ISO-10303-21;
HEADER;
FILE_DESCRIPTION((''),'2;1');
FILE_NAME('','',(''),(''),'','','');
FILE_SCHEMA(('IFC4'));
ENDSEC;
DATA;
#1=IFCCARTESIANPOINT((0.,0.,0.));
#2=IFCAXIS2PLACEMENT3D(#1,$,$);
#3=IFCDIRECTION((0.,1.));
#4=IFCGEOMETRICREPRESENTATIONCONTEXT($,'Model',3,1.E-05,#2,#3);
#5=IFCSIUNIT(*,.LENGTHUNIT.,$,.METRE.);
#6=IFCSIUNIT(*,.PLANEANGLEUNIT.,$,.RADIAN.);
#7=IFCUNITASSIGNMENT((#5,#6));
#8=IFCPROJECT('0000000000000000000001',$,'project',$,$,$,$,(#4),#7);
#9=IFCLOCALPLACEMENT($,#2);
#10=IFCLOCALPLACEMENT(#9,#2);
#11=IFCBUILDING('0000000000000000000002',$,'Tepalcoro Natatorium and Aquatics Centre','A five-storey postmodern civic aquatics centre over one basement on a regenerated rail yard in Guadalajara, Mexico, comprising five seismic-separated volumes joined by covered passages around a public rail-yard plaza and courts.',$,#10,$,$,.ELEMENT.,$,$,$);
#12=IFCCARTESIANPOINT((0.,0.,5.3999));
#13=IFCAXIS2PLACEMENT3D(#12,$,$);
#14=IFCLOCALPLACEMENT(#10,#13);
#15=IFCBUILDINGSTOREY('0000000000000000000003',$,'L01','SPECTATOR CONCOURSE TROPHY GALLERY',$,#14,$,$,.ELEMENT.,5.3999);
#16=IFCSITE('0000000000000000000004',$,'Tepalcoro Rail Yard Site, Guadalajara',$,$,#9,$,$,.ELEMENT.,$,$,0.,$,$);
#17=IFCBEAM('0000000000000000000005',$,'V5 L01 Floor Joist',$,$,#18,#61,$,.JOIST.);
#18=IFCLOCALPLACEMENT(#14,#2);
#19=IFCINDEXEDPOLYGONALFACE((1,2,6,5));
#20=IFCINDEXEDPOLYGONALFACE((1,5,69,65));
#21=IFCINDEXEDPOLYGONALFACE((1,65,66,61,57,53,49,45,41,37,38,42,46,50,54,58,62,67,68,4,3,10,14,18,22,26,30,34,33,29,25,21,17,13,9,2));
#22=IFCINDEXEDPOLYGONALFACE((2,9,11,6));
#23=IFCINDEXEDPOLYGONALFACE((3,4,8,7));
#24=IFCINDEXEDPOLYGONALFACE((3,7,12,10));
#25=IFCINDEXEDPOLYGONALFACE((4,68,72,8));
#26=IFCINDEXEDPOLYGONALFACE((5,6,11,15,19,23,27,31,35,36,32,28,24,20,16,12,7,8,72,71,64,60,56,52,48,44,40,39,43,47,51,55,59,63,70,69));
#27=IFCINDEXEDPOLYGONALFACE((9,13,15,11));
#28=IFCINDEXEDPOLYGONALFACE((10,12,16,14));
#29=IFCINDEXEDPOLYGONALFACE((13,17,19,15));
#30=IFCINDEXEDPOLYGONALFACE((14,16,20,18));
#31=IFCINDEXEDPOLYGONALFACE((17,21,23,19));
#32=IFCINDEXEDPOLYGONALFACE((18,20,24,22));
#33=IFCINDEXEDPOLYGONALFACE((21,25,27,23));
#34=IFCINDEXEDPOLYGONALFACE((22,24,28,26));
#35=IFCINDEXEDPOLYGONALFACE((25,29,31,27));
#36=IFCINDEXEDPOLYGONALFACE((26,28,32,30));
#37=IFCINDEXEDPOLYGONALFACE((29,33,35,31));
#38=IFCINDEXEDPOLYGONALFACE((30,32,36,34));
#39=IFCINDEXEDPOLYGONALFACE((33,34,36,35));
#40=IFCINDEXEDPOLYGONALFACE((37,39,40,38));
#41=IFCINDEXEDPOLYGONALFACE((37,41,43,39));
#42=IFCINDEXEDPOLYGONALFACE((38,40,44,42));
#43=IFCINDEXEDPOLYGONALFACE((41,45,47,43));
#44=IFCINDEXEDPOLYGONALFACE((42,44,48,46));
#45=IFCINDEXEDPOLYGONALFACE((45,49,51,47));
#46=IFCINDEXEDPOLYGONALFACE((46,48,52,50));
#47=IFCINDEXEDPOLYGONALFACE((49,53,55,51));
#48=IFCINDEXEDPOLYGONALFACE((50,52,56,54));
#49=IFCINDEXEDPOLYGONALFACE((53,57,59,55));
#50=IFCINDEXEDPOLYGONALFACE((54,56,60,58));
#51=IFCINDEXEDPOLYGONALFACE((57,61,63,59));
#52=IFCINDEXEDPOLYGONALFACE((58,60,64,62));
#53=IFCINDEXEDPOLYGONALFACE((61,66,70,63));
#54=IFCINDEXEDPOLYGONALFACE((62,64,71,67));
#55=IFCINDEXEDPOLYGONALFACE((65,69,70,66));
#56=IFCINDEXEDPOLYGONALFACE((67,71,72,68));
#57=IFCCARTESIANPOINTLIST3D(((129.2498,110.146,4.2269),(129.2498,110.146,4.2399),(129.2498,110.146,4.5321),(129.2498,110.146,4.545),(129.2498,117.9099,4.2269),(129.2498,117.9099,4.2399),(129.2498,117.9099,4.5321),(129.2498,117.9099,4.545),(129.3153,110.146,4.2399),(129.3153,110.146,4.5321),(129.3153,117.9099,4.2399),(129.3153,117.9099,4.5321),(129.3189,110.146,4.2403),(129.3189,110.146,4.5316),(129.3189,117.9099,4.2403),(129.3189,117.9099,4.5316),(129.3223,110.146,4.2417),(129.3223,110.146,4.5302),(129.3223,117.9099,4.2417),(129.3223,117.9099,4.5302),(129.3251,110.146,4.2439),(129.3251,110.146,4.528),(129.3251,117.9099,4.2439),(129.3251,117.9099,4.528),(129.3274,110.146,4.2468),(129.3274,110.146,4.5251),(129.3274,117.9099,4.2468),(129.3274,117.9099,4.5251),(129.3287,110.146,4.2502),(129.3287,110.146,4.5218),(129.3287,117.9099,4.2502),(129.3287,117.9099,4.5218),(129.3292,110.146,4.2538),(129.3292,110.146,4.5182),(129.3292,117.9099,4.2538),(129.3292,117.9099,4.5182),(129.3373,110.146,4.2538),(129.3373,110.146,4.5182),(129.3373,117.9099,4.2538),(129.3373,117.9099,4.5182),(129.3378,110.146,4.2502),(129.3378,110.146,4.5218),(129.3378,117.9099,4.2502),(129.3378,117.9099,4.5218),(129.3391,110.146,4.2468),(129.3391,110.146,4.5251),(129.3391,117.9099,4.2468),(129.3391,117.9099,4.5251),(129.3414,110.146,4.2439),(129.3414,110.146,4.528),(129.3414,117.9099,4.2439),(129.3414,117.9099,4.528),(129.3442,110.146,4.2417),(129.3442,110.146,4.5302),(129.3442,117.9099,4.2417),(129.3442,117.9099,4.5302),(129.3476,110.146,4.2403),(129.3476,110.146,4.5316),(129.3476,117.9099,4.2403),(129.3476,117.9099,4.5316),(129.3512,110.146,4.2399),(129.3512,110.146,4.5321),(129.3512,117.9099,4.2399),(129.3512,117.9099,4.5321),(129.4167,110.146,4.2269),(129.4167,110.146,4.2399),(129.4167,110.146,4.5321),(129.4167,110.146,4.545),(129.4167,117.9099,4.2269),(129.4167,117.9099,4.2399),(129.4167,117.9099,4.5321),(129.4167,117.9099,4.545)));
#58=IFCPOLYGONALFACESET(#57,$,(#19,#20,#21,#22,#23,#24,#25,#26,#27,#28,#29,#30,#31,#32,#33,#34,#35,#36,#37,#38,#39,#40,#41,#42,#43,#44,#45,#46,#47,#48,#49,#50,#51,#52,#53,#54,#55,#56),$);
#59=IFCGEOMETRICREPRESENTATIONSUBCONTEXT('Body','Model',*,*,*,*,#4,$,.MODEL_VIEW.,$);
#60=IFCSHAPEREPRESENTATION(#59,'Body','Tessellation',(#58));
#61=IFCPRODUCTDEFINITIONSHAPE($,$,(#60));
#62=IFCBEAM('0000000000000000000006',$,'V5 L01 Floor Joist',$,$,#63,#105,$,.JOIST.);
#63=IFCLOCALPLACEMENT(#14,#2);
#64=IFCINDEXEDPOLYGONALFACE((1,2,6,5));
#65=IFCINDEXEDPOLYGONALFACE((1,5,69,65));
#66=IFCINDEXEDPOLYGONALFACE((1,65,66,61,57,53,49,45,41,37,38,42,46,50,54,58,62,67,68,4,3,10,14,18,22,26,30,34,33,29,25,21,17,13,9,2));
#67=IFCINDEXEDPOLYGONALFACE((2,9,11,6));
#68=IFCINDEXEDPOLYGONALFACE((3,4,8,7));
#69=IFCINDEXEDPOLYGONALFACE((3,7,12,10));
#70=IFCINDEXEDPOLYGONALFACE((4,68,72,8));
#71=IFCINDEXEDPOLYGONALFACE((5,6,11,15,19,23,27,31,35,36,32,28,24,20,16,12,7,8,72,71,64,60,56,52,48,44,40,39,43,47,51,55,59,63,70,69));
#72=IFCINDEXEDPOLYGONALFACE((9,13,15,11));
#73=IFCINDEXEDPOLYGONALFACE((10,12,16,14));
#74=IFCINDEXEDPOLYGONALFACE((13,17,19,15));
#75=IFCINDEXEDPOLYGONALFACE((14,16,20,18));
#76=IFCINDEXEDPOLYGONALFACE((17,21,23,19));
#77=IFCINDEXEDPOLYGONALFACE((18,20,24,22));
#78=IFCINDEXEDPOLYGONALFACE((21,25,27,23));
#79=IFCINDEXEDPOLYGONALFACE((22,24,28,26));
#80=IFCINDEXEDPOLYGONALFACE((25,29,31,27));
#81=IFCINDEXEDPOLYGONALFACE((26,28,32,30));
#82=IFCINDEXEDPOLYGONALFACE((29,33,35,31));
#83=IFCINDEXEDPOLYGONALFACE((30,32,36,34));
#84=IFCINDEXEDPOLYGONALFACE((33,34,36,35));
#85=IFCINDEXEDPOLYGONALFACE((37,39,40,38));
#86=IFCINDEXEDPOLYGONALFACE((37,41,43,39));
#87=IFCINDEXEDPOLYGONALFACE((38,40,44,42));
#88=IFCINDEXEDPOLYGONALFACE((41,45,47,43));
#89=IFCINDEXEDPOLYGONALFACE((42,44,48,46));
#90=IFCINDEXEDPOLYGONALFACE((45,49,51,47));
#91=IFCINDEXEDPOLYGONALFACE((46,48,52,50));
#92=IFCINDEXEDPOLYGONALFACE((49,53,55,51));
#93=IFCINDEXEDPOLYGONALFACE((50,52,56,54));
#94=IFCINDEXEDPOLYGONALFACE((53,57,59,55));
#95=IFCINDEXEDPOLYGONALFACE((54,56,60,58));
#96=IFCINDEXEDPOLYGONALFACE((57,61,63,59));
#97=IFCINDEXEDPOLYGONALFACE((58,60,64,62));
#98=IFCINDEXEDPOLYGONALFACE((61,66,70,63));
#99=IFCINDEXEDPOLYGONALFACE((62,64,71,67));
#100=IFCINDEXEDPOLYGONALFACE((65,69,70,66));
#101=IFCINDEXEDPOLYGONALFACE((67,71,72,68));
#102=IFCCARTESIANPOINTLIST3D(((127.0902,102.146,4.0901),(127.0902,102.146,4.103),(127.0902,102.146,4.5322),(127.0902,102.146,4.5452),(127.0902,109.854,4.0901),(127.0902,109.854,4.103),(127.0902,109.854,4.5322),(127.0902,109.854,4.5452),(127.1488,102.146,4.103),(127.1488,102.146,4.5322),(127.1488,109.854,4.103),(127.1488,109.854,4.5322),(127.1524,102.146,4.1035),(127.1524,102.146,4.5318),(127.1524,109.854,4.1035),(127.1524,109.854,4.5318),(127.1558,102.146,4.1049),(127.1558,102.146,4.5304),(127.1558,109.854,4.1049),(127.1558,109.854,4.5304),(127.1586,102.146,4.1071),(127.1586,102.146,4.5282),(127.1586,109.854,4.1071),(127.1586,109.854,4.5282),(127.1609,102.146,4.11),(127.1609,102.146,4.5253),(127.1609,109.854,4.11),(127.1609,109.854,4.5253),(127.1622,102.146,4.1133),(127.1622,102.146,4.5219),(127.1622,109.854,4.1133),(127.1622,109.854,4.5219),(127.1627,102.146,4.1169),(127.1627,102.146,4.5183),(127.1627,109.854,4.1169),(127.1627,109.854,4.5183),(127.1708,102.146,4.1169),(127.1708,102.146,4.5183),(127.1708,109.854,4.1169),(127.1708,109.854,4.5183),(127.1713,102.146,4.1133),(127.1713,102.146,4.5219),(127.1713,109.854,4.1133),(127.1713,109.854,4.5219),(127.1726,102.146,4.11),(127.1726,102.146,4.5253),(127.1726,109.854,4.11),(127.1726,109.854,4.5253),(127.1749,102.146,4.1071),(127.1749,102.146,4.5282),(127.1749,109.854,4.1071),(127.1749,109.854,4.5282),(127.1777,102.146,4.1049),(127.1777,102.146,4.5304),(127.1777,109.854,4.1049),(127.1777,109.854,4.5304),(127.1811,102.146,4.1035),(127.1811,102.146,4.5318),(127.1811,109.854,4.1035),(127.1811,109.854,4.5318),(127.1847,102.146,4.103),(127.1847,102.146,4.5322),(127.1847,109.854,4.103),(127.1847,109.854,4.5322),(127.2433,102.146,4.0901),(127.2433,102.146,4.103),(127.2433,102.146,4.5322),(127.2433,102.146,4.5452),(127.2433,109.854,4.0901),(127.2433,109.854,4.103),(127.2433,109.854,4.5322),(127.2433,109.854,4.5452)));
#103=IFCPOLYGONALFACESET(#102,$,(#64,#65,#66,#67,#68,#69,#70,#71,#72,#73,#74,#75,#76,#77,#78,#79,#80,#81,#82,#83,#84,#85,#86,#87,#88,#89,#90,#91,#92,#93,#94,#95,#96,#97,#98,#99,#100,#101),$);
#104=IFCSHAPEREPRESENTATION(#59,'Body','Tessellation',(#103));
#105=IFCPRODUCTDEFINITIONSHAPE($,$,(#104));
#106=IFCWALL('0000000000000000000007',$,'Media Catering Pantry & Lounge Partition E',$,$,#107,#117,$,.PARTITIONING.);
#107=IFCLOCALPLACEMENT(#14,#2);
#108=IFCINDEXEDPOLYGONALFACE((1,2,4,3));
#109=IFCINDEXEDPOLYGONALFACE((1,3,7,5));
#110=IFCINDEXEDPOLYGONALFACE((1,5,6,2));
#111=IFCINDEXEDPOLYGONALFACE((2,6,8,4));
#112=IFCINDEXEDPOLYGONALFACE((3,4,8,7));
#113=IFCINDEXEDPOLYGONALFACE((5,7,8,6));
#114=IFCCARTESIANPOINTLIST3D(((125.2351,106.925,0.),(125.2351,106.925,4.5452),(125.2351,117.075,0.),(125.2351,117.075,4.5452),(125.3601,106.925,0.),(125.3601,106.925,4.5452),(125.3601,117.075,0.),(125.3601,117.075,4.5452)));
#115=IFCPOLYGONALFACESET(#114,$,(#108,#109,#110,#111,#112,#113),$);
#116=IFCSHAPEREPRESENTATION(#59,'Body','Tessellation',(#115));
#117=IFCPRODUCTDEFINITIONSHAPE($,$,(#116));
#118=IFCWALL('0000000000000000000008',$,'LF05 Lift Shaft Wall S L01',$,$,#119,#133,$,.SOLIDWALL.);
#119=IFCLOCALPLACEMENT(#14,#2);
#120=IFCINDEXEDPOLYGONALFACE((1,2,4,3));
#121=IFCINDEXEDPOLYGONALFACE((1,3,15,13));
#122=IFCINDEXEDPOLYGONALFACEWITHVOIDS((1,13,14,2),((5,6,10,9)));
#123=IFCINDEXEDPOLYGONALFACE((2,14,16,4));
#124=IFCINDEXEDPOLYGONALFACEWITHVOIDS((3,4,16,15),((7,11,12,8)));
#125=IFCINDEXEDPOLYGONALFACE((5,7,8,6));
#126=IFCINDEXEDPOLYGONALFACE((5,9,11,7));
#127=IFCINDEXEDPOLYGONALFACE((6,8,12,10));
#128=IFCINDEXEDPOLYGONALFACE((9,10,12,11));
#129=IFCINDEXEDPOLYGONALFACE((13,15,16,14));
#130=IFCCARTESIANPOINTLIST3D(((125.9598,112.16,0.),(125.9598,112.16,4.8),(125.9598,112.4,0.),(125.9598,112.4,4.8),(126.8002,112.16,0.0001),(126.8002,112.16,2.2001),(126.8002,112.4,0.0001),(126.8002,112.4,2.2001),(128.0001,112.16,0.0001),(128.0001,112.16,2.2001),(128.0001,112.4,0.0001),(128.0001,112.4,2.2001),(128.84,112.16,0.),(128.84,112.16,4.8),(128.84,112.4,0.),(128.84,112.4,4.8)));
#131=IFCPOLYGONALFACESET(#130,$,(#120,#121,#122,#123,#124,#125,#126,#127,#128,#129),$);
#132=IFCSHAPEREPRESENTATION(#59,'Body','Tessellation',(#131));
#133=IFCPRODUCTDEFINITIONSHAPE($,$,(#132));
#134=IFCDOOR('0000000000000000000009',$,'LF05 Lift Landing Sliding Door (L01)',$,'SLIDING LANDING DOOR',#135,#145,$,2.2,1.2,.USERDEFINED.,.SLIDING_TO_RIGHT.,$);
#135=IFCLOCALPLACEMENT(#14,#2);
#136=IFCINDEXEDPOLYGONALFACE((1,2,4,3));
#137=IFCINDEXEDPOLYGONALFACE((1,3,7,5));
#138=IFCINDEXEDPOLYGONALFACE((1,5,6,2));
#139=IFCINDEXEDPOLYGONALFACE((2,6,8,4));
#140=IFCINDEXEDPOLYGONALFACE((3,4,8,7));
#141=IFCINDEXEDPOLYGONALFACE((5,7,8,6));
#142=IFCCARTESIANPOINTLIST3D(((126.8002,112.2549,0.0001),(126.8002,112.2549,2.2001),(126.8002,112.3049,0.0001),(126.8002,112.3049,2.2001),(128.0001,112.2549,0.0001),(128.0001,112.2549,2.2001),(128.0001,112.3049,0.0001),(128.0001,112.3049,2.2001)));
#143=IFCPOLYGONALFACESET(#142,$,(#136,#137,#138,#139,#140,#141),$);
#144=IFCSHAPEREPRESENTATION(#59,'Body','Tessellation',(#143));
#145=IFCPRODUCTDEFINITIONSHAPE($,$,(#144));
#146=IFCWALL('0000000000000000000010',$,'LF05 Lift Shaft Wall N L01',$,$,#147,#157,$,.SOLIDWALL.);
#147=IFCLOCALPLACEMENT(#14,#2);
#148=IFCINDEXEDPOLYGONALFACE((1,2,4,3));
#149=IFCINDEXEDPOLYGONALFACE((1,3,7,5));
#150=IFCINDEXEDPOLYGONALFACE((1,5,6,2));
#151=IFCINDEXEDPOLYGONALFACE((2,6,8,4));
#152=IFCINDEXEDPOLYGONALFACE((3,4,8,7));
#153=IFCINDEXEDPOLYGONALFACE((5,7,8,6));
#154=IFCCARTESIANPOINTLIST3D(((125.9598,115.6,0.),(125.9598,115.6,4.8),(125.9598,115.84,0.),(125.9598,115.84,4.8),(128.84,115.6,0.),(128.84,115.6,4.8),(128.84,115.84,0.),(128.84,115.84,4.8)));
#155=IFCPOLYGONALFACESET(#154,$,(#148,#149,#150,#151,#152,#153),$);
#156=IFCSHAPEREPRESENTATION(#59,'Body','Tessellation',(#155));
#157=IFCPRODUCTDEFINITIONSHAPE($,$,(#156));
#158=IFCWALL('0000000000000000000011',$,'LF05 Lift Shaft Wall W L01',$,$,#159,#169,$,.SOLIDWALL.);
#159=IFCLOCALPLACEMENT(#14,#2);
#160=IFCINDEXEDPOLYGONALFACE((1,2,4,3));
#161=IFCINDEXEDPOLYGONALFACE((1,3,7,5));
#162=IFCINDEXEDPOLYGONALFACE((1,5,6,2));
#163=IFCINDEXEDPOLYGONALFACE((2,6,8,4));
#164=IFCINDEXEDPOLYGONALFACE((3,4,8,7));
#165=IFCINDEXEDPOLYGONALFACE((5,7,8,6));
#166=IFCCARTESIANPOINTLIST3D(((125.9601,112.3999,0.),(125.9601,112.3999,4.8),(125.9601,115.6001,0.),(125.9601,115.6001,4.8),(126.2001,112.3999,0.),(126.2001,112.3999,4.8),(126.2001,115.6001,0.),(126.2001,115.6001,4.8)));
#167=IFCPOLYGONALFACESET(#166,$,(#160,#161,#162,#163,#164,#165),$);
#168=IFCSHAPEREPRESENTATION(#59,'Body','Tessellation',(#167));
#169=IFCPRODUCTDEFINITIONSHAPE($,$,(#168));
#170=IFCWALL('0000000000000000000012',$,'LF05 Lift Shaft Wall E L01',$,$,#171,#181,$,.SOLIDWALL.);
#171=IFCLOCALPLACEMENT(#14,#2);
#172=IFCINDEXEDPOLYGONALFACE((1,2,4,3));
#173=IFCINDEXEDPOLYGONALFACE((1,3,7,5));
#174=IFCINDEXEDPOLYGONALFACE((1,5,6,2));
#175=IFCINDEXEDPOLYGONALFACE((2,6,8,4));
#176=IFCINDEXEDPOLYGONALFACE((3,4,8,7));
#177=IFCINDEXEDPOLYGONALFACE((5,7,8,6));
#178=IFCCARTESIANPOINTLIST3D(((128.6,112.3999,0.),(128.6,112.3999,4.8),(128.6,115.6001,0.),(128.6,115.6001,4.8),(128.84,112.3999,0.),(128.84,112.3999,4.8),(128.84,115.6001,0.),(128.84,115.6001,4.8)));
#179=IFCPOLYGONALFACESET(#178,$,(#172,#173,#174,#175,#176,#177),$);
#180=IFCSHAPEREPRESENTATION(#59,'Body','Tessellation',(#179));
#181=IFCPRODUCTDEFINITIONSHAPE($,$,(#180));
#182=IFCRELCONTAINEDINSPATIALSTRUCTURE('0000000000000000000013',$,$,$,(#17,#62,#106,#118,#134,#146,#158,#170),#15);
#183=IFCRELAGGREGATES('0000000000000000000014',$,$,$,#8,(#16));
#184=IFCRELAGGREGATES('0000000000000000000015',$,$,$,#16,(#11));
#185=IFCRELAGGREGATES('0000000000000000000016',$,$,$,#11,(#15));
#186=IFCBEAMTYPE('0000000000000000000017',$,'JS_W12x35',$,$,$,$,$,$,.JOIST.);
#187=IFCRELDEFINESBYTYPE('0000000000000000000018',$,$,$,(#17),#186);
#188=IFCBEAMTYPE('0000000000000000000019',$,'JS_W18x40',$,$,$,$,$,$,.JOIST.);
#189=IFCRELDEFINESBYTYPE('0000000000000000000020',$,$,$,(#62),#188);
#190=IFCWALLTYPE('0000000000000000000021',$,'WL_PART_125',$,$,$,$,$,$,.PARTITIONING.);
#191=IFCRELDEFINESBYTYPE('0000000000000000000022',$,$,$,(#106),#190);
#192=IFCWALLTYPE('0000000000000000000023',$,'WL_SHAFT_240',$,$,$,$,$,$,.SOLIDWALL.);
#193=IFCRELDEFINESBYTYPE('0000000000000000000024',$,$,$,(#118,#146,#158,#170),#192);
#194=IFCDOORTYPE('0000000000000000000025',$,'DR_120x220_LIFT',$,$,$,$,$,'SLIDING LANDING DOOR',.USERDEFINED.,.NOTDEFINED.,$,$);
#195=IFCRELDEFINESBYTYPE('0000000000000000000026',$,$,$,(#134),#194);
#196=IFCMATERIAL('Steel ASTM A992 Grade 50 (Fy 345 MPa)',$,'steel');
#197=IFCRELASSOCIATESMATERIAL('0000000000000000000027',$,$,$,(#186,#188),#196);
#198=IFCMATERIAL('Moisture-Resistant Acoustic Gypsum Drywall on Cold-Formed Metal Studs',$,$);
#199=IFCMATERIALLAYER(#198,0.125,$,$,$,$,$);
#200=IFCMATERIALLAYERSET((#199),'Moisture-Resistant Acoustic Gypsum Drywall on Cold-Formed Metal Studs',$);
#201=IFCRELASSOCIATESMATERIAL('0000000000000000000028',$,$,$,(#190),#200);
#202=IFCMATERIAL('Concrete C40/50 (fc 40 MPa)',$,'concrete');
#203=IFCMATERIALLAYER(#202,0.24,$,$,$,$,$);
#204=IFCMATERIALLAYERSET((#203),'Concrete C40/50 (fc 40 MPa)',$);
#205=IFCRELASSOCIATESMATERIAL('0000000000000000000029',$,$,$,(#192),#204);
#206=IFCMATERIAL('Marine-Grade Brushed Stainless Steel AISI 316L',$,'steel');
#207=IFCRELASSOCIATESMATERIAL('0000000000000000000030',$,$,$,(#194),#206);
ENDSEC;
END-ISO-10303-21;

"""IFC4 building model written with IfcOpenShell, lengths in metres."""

from ifc_helpers import new_model, si_unit, direction, frame, frame_2d, origin, origin_2d, place, context, subcontext, project, spatial, rectangle, i_section, extrude, material, layer, layer_set, material_profile, profile_set, type_object, element, fill, save


model = new_model("IFC4")

# Units and contexts
model_context = context("Model", 3, precision=1e-05, world=origin(), true_north=direction((0.0, 1.0)))
body_context = subcontext(model_context, "Body", "Model", "MODEL_VIEW")
ifc_project = project(units=[si_unit("LENGTHUNIT", "METRE"), si_unit("PLANEANGLEUNIT", "RADIAN")], contexts=[model_context])

# Site, building, storey
site_placement = place(None, origin())
site = spatial("IfcSite", under=ifc_project, at=site_placement, Name="Tepalcoro Rail Yard Site, Guadalajara", CompositionType="ELEMENT", RefElevation=0.0)
building_placement = place(site_placement, origin())
building = spatial("IfcBuilding", under=site, at=building_placement, Name="Tepalcoro Natatorium and Aquatics Centre", Description="A five-storey postmodern civic aquatics centre over one basement on a regenerated rail yard in Guadalajara, Mexico, comprising five seismic-separated volumes joined by covered passages around a public rail-yard plaza and courts.", CompositionType="ELEMENT")
storey_placement = place(building_placement, frame((0.0, 0.0, 5.3999)))
storey = spatial("IfcBuildingStorey", under=building, at=storey_placement, Name="L01", Description="SPECTATOR CONCOURSE TROPHY GALLERY", CompositionType="ELEMENT", Elevation=5.3999)

# Shared definitions
ifc_material_1 = material(Name="Concrete C40/50 (fc 40 MPa)", Category="concrete")

# Shared definitions
ifc_material_2 = material(Name="Steel ASTM A992 Grade 50 (Fy 345 MPa)", Category="steel")

# Beams
ifc_material_profile_1 = material_profile(ifc_material_2, i_section(OverallWidth=0.167, OverallDepth=0.3181, WebThickness=0.0081, FlangeThickness=0.0129, FilletRadius=0.0139, at=origin_2d()), Name="W12X35")
ifc_profile_set_1 = profile_set([ifc_material_profile_1], Name="Steel ASTM A992 Grade 50 (Fy 345 MPa)")
beam_type_1 = type_object("IfcBeamType", Name="JS_W12x35", PredefinedType="JOIST", material=ifc_profile_set_1)
beam_1_placement = place(storey_placement, frame((129.3333, 110.146, 4.386), z_axis=(0.0, 1.0, 0.0), x_axis=(-1.0, 0.0, 0.0)))
element("IfcBeam", 1, at=beam_1_placement, inside=storey, type_object=beam_type_1, Name="V5 L01 Floor Joist", PredefinedType="JOIST", context=body_context, shape_type="SweptSolid", body=[
    extrude(i_section(OverallWidth=0.167, OverallDepth=0.3181, WebThickness=0.0081, FlangeThickness=0.0129, FilletRadius=0.0139, at=origin_2d()), origin(), (0.0, 0.0, 1.0), 7.7639),
])
ifc_material_profile_2 = material_profile(ifc_material_2, i_section(OverallWidth=0.1531, OverallDepth=0.4551, WebThickness=0.0081, FlangeThickness=0.0129, FilletRadius=0.0139, at=origin_2d()), Name="W18X40")
ifc_profile_set_2 = profile_set([ifc_material_profile_2], Name="Steel ASTM A992 Grade 50 (Fy 345 MPa)")
beam_type_2 = type_object("IfcBeamType", Name="JS_W18x40", PredefinedType="JOIST", material=ifc_profile_set_2)
beam_2_placement = place(storey_placement, frame((127.1667, 102.146, 4.3176), z_axis=(0.0, 1.0, 0.0), x_axis=(-1.0, 0.0, 0.0)))
element("IfcBeam", 2, at=beam_2_placement, inside=storey, type_object=beam_type_2, Name="V5 L01 Floor Joist", PredefinedType="JOIST", context=body_context, shape_type="SweptSolid", body=[
    extrude(i_section(OverallWidth=0.1531, OverallDepth=0.4551, WebThickness=0.0081, FlangeThickness=0.0129, FilletRadius=0.0139, at=origin_2d()), origin(), (0.0, 0.0, 1.0), 7.708),
])

# Wall
ifc_material_3 = material(Name="Moisture-Resistant Acoustic Gypsum Drywall on Cold-Formed Metal Studs")
ifc_layer_1 = layer(ifc_material_3, 0.125)
ifc_layer_set_1 = layer_set([ifc_layer_1], Name="Moisture-Resistant Acoustic Gypsum Drywall on Cold-Formed Metal Studs")
wall_type_1 = type_object("IfcWallType", Name="WL_PART_125", PredefinedType="PARTITIONING", material=ifc_layer_set_1)
wall_1_placement = place(storey_placement, frame((125.2976, 106.925, 0.0), z_axis=(0.0, 0.0, 1.0), x_axis=(0.0, 1.0, 0.0)))
element("IfcWall", 3, at=wall_1_placement, inside=storey, type_object=wall_type_1, Name="Media Catering Pantry & Lounge Partition E", PredefinedType="PARTITIONING", context=body_context, shape_type="SweptSolid", body=[
    extrude(rectangle(XDim=10.1499, YDim=0.125, at=frame_2d((5.075, 0.0))), origin(), (0.0, 0.0, 1.0), 4.5452),
])

# Wall, opening, door
ifc_layer_2 = layer(ifc_material_1, 0.24)
ifc_layer_set_2 = layer_set([ifc_layer_2], Name="Concrete C40/50 (fc 40 MPa)")
wall_type_2 = type_object("IfcWallType", Name="WL_SHAFT_240", PredefinedType="SOLIDWALL", material=ifc_layer_set_2)
wall_2_placement = place(storey_placement, frame((125.96, 112.28, 0.0), z_axis=(0.0, 0.0, 1.0), x_axis=(1.0, 0.0, 0.0)))
wall_2 = element("IfcWall", 4, at=wall_2_placement, inside=storey, type_object=wall_type_2, Name="LF05 Lift Shaft Wall S L01", PredefinedType="SOLIDWALL", context=body_context, shape_type="SweptSolid", body=[
    extrude(rectangle(XDim=2.8801, YDim=0.24, at=frame_2d((1.4399, 0.0))), origin(), (0.0, 0.0, 1.0), 4.8),
])
opening_1_placement = place(wall_2_placement, frame((0.8401, 0.0, 0.0)))
opening_1 = element("IfcOpeningElement", 5, at=opening_1_placement, cuts=wall_2, PredefinedType="OPENING", context=body_context, shape_type="SweptSolid", body=[
    extrude(rectangle(XDim=1.2, YDim=2.2, at=frame_2d((0.6001, 1.1001))), frame((0.0, 0.1318, 0.0), z_axis=(0.0, -1.0, 0.0), x_axis=(1.0, 0.0, 0.0)), (0.0, 0.0, 1.0), 0.2639),
])
ifc_material_4 = material(Name="Marine-Grade Brushed Stainless Steel AISI 316L", Category="steel")
door_type_1 = type_object("IfcDoorType", Name="DR_120x220_LIFT", ElementType="SLIDING LANDING DOOR", OperationType="NOTDEFINED", PredefinedType="USERDEFINED", material=ifc_material_4)
door_1_placement = place(opening_1_placement, origin())
door_1 = element("IfcDoor", 6, at=door_1_placement, inside=storey, type_object=door_type_1, Name="LF05 Lift Landing Sliding Door (L01)", ObjectType="SLIDING LANDING DOOR", OperationType="SLIDING_TO_RIGHT", OverallHeight=2.2, OverallWidth=1.2, PredefinedType="USERDEFINED", context=body_context, shape_type="SweptSolid", body=[
    extrude(rectangle(XDim=1.2, YDim=2.2, at=frame_2d((0.6001, 1.1001))), frame((0.0, 0.0249, 0.0), z_axis=(0.0, -1.0, 0.0), x_axis=(1.0, 0.0, 0.0)), (0.0, 0.0, 1.0), 0.05),
])
fill(opening_1, door_1)

# Walls
wall_3_placement = place(storey_placement, frame((125.96, 115.72, 0.0), z_axis=(0.0, 0.0, 1.0), x_axis=(1.0, 0.0, 0.0)))
element("IfcWall", 7, at=wall_3_placement, inside=storey, type_object=wall_type_2, Name="LF05 Lift Shaft Wall N L01", PredefinedType="SOLIDWALL", context=body_context, shape_type="SweptSolid", body=[
    extrude(rectangle(XDim=2.8801, YDim=0.24, at=frame_2d((1.4399, 0.0))), origin(), (0.0, 0.0, 1.0), 4.8),
])
for number, where, z_axis, x_axis, name in (
    (8, (126.0801, 112.3999, 0.0), (0.0, 0.0, 1.0), (0.0, 1.0, 0.0), "LF05 Lift Shaft Wall W L01"),
    (9, (128.72, 112.3999, 0.0), (0.0, 0.0, 1.0), (0.0, 1.0, 0.0), "LF05 Lift Shaft Wall E L01"),
):
    element("IfcWall", number, at=place(storey_placement, frame(where, z_axis=z_axis, x_axis=x_axis)), inside=storey, type_object=wall_type_2, Name=name, PredefinedType="SOLIDWALL", context=body_context, shape_type="SweptSolid", body=[
        extrude(rectangle(XDim=3.2002, YDim=0.24, at=frame_2d((1.6001, 0.0))), origin(), (0.0, 0.0, 1.0), 4.8),
    ])

save(model, "model.ifc")
